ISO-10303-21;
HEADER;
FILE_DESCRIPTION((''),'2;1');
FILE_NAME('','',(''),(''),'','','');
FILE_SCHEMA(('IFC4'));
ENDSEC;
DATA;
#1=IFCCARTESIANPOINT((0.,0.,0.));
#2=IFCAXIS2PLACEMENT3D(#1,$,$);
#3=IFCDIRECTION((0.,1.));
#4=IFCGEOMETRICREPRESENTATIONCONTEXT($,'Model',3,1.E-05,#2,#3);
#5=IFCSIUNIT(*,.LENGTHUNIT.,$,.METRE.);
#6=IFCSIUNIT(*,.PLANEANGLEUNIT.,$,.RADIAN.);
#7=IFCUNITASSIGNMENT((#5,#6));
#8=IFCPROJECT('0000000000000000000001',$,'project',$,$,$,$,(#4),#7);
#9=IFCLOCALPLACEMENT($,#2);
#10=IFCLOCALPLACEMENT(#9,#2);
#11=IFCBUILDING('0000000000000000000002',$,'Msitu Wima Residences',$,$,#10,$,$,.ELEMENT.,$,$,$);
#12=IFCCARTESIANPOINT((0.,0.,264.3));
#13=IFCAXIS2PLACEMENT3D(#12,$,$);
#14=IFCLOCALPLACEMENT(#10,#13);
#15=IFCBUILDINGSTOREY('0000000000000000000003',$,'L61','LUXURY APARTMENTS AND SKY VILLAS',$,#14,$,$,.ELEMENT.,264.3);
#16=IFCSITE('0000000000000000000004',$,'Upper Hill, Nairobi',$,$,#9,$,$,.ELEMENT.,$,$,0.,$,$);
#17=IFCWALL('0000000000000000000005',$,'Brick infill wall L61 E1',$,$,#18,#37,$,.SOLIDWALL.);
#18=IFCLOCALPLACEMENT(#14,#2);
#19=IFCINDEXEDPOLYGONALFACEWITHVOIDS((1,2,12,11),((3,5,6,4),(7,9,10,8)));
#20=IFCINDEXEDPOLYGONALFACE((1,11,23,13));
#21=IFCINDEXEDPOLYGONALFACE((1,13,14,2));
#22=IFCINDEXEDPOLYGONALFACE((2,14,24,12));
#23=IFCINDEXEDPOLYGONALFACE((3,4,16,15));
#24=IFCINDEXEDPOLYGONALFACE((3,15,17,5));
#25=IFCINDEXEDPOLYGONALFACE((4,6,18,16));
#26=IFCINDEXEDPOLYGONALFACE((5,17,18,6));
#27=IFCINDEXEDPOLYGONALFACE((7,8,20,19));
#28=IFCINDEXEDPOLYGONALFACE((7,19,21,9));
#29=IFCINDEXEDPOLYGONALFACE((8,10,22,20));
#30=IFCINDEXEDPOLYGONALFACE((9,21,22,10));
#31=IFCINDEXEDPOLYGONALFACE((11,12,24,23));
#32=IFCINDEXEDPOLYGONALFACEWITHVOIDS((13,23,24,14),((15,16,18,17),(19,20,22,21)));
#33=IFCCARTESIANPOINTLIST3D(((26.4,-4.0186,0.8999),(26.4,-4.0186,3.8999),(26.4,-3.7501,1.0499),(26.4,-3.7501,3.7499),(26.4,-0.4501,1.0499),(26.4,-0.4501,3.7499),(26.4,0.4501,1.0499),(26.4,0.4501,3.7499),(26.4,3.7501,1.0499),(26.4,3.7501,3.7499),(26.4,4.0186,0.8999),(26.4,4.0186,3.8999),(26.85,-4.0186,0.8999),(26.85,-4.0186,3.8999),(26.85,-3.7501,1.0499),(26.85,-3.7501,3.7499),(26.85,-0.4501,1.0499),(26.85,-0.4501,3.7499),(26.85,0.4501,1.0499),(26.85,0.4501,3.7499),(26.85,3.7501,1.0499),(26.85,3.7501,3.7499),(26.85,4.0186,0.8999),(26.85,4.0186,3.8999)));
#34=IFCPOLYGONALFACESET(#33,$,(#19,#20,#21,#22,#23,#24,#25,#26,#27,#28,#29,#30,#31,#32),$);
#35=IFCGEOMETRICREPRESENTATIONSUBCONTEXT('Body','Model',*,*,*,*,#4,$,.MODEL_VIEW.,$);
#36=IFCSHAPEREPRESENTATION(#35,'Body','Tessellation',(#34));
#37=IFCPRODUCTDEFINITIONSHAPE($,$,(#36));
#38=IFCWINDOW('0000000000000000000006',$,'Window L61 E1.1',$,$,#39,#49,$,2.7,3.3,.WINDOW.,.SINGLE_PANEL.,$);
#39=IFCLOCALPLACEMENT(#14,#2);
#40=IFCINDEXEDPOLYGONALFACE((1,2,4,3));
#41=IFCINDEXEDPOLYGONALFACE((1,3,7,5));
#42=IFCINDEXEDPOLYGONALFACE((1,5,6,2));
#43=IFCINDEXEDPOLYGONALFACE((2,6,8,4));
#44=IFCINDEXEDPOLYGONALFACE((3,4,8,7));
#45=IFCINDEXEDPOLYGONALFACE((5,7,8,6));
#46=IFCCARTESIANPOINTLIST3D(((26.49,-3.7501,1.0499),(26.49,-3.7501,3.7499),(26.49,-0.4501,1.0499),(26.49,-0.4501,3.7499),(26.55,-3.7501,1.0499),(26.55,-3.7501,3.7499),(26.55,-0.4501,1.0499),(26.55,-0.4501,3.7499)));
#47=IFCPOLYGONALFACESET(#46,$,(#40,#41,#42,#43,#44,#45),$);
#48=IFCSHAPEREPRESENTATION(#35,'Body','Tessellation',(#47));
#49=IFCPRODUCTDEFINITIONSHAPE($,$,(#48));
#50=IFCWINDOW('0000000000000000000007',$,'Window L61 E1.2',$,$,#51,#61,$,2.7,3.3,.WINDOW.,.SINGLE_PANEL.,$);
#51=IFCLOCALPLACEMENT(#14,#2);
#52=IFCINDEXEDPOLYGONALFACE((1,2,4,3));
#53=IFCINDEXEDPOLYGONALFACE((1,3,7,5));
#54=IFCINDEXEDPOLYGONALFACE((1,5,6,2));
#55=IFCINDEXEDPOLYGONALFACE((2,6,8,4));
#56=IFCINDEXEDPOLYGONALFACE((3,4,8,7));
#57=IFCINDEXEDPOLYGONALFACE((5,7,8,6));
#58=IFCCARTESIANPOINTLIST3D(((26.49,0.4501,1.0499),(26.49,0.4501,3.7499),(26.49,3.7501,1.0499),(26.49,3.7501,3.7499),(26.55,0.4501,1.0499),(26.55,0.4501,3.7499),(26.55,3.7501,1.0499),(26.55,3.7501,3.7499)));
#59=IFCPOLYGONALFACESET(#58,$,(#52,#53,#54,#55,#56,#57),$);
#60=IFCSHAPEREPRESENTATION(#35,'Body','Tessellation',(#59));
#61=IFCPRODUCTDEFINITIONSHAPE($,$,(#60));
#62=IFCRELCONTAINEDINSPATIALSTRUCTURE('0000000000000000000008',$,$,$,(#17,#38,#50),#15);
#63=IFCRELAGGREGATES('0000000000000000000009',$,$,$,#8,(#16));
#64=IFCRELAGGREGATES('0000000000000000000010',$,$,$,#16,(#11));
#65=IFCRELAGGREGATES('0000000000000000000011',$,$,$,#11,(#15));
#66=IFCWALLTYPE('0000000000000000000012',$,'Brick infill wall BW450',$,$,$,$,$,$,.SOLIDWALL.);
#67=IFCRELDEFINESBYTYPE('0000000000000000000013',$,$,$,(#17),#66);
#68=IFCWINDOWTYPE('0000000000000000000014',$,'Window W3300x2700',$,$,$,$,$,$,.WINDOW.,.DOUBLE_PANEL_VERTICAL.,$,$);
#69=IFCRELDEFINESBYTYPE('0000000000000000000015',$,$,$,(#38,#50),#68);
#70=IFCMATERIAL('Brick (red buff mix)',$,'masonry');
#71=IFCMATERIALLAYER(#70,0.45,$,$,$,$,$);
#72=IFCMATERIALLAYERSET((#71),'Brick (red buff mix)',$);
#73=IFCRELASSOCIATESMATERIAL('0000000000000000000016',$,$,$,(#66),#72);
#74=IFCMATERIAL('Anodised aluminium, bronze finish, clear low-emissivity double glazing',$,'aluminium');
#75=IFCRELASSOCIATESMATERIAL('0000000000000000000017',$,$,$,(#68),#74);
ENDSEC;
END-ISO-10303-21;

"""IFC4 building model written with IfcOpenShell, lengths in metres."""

from ifc_helpers import new_model, si_unit, direction, frame, frame_2d, origin, place, context, subcontext, project, spatial, rectangle, extrude, material, layer, layer_set, type_object, element, fill, save


model = new_model("IFC4")

# Units and contexts
model_context = context("Model", 3, precision=1e-05, world=origin(), true_north=direction((0.0, 1.0)))
body_context = subcontext(model_context, "Body", "Model", "MODEL_VIEW")
ifc_project = project(units=[si_unit("LENGTHUNIT", "METRE"), si_unit("PLANEANGLEUNIT", "RADIAN")], contexts=[model_context])

# Site, building, storey
site_placement = place(None, origin())
site = spatial("IfcSite", under=ifc_project, at=site_placement, Name="Upper Hill, Nairobi", CompositionType="ELEMENT", RefElevation=0.0)
building_placement = place(site_placement, origin())
building = spatial("IfcBuilding", under=site, at=building_placement, Name="Msitu Wima Residences", CompositionType="ELEMENT")
storey_placement = place(building_placement, frame((0.0, 0.0, 264.3)))
storey = spatial("IfcBuildingStorey", under=building, at=storey_placement, Name="L61", Description="LUXURY APARTMENTS AND SKY VILLAS", CompositionType="ELEMENT", Elevation=264.3)

# Shared definitions
ifc_material_1 = material(Name="Brick (red buff mix)", Category="masonry")
ifc_layer_1 = layer(ifc_material_1, 0.45)
ifc_layer_set_1 = layer_set([ifc_layer_1], Name="Brick (red buff mix)")
wall_type_1 = type_object("IfcWallType", Name="Brick infill wall BW450", PredefinedType="SOLIDWALL", material=ifc_layer_set_1)
ifc_material_2 = material(Name="Anodised aluminium, bronze finish, clear low-emissivity double glazing", Category="aluminium")
window_type = type_object("IfcWindowType", Name="Window W3300x2700", PartitioningType="DOUBLE_PANEL_VERTICAL", PredefinedType="WINDOW", material=ifc_material_2)

# Wall, openings, windows
wall_1_placement = place(storey_placement, frame((26.625, -4.0186, 0.8999), z_axis=(0.0, 0.0, 1.0), x_axis=(0.0, 1.0, 0.0)))
wall_1 = element("IfcWall", 1, at=wall_1_placement, inside=storey, type_object=wall_type_1, Name="Brick infill wall L61 E1", PredefinedType="SOLIDWALL", context=body_context, shape_type="SweptSolid", body=[
    extrude(rectangle(XDim=8.0371, YDim=0.45, at=frame_2d((4.0186, 0.0))), origin(), (0.0, 0.0, 1.0), 3.0),
])
opening_1_placement = place(wall_1_placement, frame((0.2686, 0.0, 0.1499)))
opening_1 = element("IfcOpeningElement", 2, at=opening_1_placement, cuts=wall_1, PredefinedType="OPENING", context=body_context, shape_type="SweptSolid", body=[
    extrude(rectangle(XDim=3.3, YDim=2.7, at=frame_2d((1.6499, 1.3501))), frame((0.0, 0.2349, 0.0), z_axis=(0.0, -1.0, 0.0), x_axis=(1.0, 0.0, 0.0)), (0.0, 0.0, 1.0), 0.47),
])
opening_2_placement = place(wall_1_placement, frame((4.4688, 0.0, 0.1499)))
opening_2 = element("IfcOpeningElement", 3, at=opening_2_placement, cuts=wall_1, PredefinedType="OPENING", context=body_context, shape_type="SweptSolid", body=[
    extrude(rectangle(XDim=3.3, YDim=2.7, at=frame_2d((1.6499, 1.3501))), frame((0.0, 0.2349, 0.0), z_axis=(0.0, -1.0, 0.0), x_axis=(1.0, 0.0, 0.0)), (0.0, 0.0, 1.0), 0.47),
])
window_1_placement = place(opening_1_placement, origin())
window_1 = element("IfcWindow", 4, at=window_1_placement, inside=storey, type_object=window_type, Name="Window L61 E1.1", OverallHeight=2.7, OverallWidth=3.3, PartitioningType="SINGLE_PANEL", PredefinedType="WINDOW", context=body_context, shape_type="SweptSolid", body=[
    extrude(rectangle(XDim=3.3, YDim=2.7, at=frame_2d((1.6499, 1.3501))), frame((0.0, 0.135, 0.0), z_axis=(0.0, -1.0, 0.0), x_axis=(1.0, 0.0, 0.0)), (0.0, 0.0, 1.0), 0.0601),
])
fill(opening_1, window_1)
window_2_placement = place(opening_2_placement, origin())
window_2 = element("IfcWindow", 5, at=window_2_placement, inside=storey, type_object=window_type, Name="Window L61 E1.2", OverallHeight=2.7, OverallWidth=3.3, PartitioningType="SINGLE_PANEL", PredefinedType="WINDOW", context=body_context, shape_type="SweptSolid", body=[
    extrude(rectangle(XDim=3.3, YDim=2.7, at=frame_2d((1.6499, 1.3501))), frame((0.0, 0.135, 0.0), z_axis=(0.0, -1.0, 0.0), x_axis=(1.0, 0.0, 0.0)), (0.0, 0.0, 1.0), 0.0601),
])
fill(opening_2, window_2)

save(model, "model.ifc")
